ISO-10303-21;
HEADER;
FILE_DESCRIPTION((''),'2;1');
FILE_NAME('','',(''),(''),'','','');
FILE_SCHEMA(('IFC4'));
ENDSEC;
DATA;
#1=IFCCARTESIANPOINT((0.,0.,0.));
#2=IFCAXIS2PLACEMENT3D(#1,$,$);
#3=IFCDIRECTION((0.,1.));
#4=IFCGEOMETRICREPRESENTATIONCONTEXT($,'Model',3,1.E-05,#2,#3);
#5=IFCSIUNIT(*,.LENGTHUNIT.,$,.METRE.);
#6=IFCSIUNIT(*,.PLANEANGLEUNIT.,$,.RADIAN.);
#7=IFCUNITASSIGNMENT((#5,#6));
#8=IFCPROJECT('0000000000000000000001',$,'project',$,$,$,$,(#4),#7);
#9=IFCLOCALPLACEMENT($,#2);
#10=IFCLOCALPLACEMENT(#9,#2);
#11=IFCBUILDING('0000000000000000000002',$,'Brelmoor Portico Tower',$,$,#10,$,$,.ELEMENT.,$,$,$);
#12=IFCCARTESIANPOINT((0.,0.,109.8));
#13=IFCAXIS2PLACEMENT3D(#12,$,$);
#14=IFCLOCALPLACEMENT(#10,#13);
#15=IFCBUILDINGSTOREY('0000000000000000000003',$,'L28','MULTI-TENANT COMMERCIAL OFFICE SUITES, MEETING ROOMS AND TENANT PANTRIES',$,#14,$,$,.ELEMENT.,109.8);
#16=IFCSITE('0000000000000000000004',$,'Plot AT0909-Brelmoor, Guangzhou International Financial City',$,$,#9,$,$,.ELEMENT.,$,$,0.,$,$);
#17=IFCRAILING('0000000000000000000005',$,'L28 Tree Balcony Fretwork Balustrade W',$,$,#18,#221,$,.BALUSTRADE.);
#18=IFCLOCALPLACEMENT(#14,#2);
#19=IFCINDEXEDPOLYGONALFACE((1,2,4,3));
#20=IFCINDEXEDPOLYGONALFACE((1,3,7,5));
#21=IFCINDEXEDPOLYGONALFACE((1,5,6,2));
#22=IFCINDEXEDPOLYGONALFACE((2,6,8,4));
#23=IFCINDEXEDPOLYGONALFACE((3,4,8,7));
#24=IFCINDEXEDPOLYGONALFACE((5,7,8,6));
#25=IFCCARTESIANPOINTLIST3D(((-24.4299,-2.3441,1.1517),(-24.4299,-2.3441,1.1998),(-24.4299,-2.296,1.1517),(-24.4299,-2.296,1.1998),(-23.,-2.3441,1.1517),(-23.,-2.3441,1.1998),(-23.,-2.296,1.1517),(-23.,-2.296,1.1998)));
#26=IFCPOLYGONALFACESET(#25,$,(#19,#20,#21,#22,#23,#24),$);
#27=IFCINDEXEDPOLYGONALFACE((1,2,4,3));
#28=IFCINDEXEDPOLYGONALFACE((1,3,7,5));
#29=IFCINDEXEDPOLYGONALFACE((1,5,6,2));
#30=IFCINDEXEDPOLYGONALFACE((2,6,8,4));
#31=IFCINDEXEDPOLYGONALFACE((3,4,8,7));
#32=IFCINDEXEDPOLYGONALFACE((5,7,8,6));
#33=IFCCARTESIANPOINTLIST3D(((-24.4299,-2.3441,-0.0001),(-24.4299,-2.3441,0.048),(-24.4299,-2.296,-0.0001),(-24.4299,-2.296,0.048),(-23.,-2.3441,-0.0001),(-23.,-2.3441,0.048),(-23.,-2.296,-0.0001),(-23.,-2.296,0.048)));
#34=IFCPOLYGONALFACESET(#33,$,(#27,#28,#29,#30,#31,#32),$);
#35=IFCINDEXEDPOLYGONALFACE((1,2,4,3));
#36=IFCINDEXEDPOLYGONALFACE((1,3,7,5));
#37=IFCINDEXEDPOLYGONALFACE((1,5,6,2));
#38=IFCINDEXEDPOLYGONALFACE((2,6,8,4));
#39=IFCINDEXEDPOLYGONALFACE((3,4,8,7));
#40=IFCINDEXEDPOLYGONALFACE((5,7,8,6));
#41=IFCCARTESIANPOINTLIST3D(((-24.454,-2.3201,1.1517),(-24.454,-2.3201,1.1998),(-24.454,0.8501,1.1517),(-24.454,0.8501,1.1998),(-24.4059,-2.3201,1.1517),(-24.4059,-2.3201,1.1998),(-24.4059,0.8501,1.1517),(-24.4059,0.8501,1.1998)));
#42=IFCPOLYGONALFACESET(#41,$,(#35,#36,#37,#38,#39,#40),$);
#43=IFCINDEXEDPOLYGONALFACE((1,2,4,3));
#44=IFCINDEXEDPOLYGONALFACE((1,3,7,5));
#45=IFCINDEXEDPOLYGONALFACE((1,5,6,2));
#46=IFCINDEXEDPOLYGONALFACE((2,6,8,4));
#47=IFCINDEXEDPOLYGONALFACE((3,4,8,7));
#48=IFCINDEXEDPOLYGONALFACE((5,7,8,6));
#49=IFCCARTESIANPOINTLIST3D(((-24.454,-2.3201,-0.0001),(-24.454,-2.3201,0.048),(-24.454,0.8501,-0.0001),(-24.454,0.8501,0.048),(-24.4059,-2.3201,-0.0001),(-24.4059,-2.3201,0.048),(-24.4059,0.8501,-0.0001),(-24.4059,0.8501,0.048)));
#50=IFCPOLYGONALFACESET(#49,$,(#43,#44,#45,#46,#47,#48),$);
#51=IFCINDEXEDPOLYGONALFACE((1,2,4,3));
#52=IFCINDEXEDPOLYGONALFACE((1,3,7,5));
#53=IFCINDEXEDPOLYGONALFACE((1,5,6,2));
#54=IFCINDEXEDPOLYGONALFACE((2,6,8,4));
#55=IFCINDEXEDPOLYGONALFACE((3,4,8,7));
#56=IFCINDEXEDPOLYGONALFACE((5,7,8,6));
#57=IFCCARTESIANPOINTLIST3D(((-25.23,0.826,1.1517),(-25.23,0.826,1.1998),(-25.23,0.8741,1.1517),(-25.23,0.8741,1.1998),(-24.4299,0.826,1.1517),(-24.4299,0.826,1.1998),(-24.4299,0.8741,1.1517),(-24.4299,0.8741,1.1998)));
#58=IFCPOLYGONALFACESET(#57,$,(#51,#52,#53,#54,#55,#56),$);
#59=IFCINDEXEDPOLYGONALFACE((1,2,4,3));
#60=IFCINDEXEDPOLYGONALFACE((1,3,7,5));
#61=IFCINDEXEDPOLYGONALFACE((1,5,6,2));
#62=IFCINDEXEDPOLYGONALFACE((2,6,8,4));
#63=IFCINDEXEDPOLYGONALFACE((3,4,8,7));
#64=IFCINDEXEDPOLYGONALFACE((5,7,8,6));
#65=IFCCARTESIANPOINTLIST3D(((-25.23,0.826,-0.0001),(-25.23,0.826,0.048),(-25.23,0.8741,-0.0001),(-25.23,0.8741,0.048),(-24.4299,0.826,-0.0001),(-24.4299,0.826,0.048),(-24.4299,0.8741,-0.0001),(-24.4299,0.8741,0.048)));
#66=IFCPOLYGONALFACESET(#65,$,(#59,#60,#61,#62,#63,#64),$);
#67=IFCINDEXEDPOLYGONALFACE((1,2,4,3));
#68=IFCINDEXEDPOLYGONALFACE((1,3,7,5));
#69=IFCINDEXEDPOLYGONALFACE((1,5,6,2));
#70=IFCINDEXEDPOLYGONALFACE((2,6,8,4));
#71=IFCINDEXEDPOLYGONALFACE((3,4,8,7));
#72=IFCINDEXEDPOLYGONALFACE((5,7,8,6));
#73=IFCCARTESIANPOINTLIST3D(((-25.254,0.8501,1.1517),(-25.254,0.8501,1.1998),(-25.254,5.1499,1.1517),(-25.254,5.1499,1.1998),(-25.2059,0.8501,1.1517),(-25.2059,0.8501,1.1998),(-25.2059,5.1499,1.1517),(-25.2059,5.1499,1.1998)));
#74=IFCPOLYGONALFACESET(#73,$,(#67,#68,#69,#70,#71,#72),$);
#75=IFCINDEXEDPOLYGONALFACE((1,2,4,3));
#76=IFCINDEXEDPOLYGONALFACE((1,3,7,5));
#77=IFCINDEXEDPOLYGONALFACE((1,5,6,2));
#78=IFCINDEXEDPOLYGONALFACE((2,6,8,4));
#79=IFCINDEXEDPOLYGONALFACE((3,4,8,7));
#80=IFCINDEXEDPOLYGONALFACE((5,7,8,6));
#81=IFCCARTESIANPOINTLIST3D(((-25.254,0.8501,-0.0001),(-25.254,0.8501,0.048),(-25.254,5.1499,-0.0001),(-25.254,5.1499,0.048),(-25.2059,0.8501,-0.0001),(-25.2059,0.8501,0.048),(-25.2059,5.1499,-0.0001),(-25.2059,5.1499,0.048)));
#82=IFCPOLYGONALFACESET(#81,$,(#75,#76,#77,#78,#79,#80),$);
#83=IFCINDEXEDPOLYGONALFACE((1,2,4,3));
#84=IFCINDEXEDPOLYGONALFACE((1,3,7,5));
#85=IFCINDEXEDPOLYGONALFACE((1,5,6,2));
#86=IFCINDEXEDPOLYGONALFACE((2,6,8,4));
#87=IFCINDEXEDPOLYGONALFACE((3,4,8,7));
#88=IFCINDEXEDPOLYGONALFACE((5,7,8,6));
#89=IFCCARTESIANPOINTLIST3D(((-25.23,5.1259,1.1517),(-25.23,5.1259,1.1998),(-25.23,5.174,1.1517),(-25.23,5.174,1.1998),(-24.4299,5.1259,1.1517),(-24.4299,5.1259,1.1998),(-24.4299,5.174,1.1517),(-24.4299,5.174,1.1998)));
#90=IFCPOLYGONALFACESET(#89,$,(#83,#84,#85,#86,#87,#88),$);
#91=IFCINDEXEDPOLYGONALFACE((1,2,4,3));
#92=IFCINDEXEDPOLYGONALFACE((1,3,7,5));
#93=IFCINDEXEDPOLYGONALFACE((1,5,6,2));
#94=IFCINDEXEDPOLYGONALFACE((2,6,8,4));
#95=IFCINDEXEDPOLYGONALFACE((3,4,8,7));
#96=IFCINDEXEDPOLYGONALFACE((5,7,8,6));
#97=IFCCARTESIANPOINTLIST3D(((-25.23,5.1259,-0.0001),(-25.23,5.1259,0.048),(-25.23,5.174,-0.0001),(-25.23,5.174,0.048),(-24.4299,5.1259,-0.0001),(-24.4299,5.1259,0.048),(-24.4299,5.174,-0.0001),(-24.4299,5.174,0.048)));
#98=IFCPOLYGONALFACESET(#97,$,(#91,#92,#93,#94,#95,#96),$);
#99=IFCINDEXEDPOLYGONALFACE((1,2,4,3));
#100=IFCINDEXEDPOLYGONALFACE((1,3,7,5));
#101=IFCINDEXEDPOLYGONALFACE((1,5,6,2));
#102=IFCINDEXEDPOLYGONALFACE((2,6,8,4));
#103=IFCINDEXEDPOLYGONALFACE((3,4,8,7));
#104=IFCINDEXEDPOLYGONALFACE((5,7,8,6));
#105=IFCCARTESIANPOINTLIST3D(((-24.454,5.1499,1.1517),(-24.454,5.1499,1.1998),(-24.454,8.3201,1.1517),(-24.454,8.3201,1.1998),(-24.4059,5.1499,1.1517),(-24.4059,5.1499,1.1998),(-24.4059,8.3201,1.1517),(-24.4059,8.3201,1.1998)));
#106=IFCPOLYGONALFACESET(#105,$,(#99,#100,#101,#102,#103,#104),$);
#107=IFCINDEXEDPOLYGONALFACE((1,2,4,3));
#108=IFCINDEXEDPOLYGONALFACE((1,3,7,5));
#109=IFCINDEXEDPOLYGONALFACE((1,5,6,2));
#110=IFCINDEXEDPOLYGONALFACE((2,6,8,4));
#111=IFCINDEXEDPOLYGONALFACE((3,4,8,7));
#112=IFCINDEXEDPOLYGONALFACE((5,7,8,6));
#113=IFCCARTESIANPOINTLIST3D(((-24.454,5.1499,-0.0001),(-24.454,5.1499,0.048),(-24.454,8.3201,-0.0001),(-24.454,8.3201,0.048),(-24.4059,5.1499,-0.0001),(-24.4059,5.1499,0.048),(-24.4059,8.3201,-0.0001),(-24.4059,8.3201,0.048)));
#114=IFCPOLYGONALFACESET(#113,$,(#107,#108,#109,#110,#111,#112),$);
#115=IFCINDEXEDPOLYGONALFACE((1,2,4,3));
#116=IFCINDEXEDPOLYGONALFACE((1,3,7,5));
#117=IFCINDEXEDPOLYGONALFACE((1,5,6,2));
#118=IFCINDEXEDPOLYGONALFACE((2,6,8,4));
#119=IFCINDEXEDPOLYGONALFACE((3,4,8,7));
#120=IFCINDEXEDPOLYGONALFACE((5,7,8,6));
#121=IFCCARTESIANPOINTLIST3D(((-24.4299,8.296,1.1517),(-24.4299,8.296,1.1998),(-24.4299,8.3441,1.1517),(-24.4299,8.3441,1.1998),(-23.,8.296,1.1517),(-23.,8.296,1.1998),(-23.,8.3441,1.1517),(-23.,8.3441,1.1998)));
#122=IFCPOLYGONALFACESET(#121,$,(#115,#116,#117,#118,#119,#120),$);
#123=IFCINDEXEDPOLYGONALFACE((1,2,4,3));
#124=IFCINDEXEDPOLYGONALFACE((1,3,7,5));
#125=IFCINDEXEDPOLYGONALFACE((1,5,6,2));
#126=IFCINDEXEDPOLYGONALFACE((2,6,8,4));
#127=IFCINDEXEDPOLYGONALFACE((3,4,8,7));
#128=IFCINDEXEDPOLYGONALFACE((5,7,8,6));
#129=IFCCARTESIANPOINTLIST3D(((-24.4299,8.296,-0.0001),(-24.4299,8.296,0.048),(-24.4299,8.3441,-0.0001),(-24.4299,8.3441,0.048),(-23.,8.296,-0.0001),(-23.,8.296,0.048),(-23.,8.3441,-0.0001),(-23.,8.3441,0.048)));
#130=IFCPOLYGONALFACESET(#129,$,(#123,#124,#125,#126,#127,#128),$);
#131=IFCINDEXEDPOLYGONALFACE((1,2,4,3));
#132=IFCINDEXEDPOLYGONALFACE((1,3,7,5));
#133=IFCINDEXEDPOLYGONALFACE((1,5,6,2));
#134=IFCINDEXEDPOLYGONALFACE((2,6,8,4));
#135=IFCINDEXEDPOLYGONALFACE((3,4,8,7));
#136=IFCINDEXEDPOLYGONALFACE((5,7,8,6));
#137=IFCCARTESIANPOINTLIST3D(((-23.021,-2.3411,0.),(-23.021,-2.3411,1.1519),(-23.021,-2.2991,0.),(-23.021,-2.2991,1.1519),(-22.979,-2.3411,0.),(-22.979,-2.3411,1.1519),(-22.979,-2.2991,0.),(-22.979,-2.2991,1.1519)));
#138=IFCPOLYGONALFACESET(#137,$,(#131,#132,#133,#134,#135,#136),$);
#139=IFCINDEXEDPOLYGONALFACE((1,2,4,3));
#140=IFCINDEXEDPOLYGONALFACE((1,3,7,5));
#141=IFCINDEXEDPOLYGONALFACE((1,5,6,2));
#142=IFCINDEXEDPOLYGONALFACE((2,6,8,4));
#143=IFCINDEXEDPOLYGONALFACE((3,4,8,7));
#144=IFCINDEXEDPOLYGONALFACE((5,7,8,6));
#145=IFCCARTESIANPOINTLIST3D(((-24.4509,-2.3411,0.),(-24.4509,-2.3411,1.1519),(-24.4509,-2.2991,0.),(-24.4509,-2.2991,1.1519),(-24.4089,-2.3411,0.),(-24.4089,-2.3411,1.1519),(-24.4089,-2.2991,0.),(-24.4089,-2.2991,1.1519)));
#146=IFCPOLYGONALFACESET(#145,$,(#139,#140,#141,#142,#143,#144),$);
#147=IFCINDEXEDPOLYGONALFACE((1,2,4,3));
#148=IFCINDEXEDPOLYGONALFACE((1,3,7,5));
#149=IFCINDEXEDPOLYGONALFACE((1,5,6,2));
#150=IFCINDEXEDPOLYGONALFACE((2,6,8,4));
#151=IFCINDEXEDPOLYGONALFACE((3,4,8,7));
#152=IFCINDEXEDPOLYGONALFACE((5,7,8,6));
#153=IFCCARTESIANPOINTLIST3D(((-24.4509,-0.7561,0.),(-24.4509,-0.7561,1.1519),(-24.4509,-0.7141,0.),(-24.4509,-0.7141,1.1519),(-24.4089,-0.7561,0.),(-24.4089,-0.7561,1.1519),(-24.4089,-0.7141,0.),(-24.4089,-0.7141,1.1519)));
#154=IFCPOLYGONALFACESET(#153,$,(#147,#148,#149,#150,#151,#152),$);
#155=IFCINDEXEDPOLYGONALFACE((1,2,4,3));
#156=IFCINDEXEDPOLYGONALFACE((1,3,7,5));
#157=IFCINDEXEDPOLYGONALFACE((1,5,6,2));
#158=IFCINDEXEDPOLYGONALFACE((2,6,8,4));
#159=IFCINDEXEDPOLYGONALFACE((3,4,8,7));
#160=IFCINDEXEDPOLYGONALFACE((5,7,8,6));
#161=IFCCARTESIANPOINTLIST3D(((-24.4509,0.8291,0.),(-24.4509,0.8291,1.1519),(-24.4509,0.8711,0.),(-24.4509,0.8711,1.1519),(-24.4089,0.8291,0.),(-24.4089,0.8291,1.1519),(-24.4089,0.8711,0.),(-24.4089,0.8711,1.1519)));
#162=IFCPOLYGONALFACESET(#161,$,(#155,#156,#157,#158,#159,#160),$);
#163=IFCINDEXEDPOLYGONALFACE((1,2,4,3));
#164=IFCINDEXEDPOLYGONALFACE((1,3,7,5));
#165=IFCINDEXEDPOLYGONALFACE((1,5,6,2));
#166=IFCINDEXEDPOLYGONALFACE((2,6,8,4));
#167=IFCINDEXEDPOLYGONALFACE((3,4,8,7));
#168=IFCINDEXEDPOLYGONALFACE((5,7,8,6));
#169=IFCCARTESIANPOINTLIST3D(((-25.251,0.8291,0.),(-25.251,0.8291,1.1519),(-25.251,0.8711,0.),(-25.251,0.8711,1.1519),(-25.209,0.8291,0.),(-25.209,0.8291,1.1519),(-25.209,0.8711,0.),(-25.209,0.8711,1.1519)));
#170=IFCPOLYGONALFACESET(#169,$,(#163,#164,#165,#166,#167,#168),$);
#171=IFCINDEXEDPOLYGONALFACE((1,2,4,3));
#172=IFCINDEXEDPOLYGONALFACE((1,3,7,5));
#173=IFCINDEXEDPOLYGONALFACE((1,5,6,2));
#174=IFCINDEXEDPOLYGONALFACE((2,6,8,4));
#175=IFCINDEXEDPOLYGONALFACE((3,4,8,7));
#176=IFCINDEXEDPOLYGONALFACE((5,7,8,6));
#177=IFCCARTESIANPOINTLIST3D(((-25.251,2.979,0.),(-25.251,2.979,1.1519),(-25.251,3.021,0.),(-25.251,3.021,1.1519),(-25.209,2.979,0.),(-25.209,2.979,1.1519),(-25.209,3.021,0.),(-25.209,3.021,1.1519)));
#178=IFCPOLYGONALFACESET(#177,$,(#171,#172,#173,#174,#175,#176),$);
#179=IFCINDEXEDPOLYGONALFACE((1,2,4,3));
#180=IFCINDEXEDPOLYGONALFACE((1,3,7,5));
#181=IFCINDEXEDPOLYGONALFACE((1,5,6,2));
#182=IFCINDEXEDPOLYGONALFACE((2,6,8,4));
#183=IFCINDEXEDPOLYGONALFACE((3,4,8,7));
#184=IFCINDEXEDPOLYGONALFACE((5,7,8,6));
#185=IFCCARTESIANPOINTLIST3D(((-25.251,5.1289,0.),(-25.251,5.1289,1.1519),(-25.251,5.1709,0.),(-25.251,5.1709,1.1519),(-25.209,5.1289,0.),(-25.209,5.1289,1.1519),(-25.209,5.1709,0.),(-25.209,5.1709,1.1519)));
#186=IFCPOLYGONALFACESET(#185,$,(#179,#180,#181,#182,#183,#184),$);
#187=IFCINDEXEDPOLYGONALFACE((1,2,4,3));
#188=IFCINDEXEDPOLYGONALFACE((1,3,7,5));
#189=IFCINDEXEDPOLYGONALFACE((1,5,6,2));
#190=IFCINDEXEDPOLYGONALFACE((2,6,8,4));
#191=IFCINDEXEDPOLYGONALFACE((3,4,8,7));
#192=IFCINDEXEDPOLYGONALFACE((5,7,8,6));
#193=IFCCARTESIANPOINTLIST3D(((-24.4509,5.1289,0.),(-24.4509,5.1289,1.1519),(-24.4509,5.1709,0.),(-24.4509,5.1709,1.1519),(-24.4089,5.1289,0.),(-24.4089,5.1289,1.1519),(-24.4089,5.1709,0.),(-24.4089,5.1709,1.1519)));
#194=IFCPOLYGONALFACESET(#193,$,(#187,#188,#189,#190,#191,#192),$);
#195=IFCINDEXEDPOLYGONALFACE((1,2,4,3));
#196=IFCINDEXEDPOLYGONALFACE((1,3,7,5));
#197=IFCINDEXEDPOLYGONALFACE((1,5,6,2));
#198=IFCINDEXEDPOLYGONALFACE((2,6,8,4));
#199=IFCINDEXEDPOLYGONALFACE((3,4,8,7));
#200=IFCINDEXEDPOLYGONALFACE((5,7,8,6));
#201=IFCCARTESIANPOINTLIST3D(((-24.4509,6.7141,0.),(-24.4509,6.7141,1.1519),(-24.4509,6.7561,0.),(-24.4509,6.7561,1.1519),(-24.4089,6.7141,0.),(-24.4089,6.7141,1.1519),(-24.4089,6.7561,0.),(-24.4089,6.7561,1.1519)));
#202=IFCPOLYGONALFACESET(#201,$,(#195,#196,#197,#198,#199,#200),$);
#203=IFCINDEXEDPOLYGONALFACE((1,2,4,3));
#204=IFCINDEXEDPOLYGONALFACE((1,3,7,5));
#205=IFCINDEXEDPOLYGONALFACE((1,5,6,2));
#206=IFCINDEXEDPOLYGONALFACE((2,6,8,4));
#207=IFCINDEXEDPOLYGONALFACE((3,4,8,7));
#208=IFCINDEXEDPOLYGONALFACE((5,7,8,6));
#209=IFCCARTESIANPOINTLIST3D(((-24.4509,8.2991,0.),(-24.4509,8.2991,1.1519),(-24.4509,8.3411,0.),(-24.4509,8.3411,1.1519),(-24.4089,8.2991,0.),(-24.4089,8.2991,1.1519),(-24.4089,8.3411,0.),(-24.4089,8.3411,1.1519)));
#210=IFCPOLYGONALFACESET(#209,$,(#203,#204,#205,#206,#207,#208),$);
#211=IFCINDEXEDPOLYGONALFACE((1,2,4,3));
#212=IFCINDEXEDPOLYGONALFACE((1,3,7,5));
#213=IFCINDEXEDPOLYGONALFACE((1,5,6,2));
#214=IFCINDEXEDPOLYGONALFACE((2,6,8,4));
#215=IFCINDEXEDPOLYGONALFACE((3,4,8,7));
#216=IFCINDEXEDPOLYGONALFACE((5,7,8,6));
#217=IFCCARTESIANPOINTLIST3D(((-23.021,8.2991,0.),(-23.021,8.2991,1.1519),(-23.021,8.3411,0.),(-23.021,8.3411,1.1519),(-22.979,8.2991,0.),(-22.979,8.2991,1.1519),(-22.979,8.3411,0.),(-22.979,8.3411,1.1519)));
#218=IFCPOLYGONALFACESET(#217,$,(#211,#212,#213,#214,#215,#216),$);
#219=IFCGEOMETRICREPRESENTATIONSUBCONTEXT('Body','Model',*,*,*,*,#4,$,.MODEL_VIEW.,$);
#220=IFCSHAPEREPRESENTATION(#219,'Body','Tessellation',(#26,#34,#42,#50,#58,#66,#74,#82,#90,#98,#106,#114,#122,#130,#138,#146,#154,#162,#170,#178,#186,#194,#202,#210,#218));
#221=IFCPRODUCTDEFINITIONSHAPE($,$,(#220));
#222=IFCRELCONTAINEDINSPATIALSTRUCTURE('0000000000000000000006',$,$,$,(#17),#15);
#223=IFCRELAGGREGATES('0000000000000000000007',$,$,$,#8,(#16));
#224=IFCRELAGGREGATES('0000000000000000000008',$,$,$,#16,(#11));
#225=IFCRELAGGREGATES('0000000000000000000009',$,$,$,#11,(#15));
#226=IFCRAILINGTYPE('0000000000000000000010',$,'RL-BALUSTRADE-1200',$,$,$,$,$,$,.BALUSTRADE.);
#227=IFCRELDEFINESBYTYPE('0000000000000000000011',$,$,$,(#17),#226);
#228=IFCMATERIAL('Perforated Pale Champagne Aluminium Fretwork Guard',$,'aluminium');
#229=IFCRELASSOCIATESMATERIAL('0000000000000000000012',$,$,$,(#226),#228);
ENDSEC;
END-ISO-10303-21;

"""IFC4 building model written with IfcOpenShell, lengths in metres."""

from ifc_helpers import new_model, si_unit, direction, frame, origin, origin_2d, place, context, subcontext, project, spatial, rectangle, extrude, material, type_object, element, save


model = new_model("IFC4")

# Units and contexts
model_context = context("Model", 3, precision=1e-05, world=origin(), true_north=direction((0.0, 1.0)))
body_context = subcontext(model_context, "Body", "Model", "MODEL_VIEW")
ifc_project = project(units=[si_unit("LENGTHUNIT", "METRE"), si_unit("PLANEANGLEUNIT", "RADIAN")], contexts=[model_context])

# Site, building, storey
site_placement = place(None, origin())
site = spatial("IfcSite", under=ifc_project, at=site_placement, Name="Plot AT0909-Brelmoor, Guangzhou International Financial City", CompositionType="ELEMENT", RefElevation=0.0)
building_placement = place(site_placement, origin())
building = spatial("IfcBuilding", under=site, at=building_placement, Name="Brelmoor Portico Tower", CompositionType="ELEMENT")
storey_placement = place(building_placement, frame((0.0, 0.0, 109.8)))
storey = spatial("IfcBuildingStorey", under=building, at=storey_placement, Name="L28", Description="MULTI-TENANT COMMERCIAL OFFICE SUITES, MEETING ROOMS AND TENANT PANTRIES", CompositionType="ELEMENT", Elevation=109.8)

# Railing
ifc_material_1 = material(Name="Perforated Pale Champagne Aluminium Fretwork Guard", Category="aluminium")
railing_type = type_object("IfcRailingType", Name="RL-BALUSTRADE-1200", PredefinedType="BALUSTRADE", material=ifc_material_1)
railing_placement = place(storey_placement, frame((-23.0, -2.3201, 0.0)))
element("IfcRailing", 1, at=railing_placement, inside=storey, type_object=railing_type, Name="L28 Tree Balcony Fretwork Balustrade W", PredefinedType="BALUSTRADE", context=body_context, shape_type="SweptSolid", body=[
    extrude(rectangle(XDim=0.0481, YDim=0.0481, at=origin_2d()), frame((0.0, 0.0, 1.1758), z_axis=(-1.0, 0.0, 0.0), x_axis=(0.0, -1.0, 0.0)), (0.0, 0.0, 1.0), 1.4299),
    extrude(rectangle(XDim=0.0481, YDim=0.0481, at=origin_2d()), frame((0.0, 0.0, 0.0239), z_axis=(-1.0, 0.0, 0.0), x_axis=(0.0, -1.0, 0.0)), (0.0, 0.0, 1.0), 1.4299),
    extrude(rectangle(XDim=0.0481, YDim=0.0481, at=origin_2d()), frame((-1.4299, 0.0, 1.1758), z_axis=(0.0, 1.0, 0.0), x_axis=(-1.0, 0.0, 0.0)), (0.0, 0.0, 1.0), 3.1702),
    extrude(rectangle(XDim=0.0481, YDim=0.0481, at=origin_2d()), frame((-1.4299, 0.0, 0.0239), z_axis=(0.0, 1.0, 0.0), x_axis=(-1.0, 0.0, 0.0)), (0.0, 0.0, 1.0), 3.1702),
    extrude(rectangle(XDim=0.0481, YDim=0.0481, at=origin_2d()), frame((-1.4299, 3.1702, 1.1758), z_axis=(-1.0, 0.0, 0.0), x_axis=(0.0, -1.0, 0.0)), (0.0, 0.0, 1.0), 0.8),
    extrude(rectangle(XDim=0.0481, YDim=0.0481, at=origin_2d()), frame((-1.4299, 3.1702, 0.0239), z_axis=(-1.0, 0.0, 0.0), x_axis=(0.0, -1.0, 0.0)), (0.0, 0.0, 1.0), 0.8),
    extrude(rectangle(XDim=0.0481, YDim=0.0481, at=origin_2d()), frame((-2.23, 3.1702, 1.1758), z_axis=(0.0, 1.0, 0.0), x_axis=(-1.0, 0.0, 0.0)), (0.0, 0.0, 1.0), 4.2998),
    extrude(rectangle(XDim=0.0481, YDim=0.0481, at=origin_2d()), frame((-2.23, 3.1702, 0.0239), z_axis=(0.0, 1.0, 0.0), x_axis=(-1.0, 0.0, 0.0)), (0.0, 0.0, 1.0), 4.2998),
    extrude(rectangle(XDim=0.0481, YDim=0.0481, at=origin_2d()), frame((-2.23, 7.47, 1.1758), z_axis=(1.0, 0.0, 0.0), x_axis=(0.0, 1.0, 0.0)), (0.0, 0.0, 1.0), 0.8),
    extrude(rectangle(XDim=0.0481, YDim=0.0481, at=origin_2d()), frame((-2.23, 7.47, 0.0239), z_axis=(1.0, 0.0, 0.0), x_axis=(0.0, 1.0, 0.0)), (0.0, 0.0, 1.0), 0.8),
    extrude(rectangle(XDim=0.0481, YDim=0.0481, at=origin_2d()), frame((-1.4299, 7.47, 1.1758), z_axis=(0.0, 1.0, 0.0), x_axis=(-1.0, 0.0, 0.0)), (0.0, 0.0, 1.0), 3.1702),
    extrude(rectangle(XDim=0.0481, YDim=0.0481, at=origin_2d()), frame((-1.4299, 7.47, 0.0239), z_axis=(0.0, 1.0, 0.0), x_axis=(-1.0, 0.0, 0.0)), (0.0, 0.0, 1.0), 3.1702),
    extrude(rectangle(XDim=0.0481, YDim=0.0481, at=origin_2d()), frame((-1.4299, 10.6401, 1.1758), z_axis=(1.0, 0.0, 0.0), x_axis=(0.0, 1.0, 0.0)), (0.0, 0.0, 1.0), 1.4299),
    extrude(rectangle(XDim=0.0481, YDim=0.0481, at=origin_2d()), frame((-1.4299, 10.6401, 0.0239), z_axis=(1.0, 0.0, 0.0), x_axis=(0.0, 1.0, 0.0)), (0.0, 0.0, 1.0), 1.4299),
    extrude(rectangle(XDim=0.042, YDim=0.042, at=origin_2d()), origin(), (0.0, 0.0, 1.0), 1.1519),
    extrude(rectangle(XDim=0.042, YDim=0.042, at=origin_2d()), frame((-1.4299, 0.0, 0.0)), (0.0, 0.0, 1.0), 1.1519),
    extrude(rectangle(XDim=0.042, YDim=0.042, at=origin_2d()), frame((-1.4299, 1.585, 0.0)), (0.0, 0.0, 1.0), 1.1519),
    extrude(rectangle(XDim=0.042, YDim=0.042, at=origin_2d()), frame((-1.4299, 3.1702, 0.0)), (0.0, 0.0, 1.0), 1.1519),
    extrude(rectangle(XDim=0.042, YDim=0.042, at=origin_2d()), frame((-2.23, 3.1702, 0.0)), (0.0, 0.0, 1.0), 1.1519),
    extrude(rectangle(XDim=0.042, YDim=0.042, at=origin_2d()), frame((-2.23, 5.3201, 0.0)), (0.0, 0.0, 1.0), 1.1519),
    extrude(rectangle(XDim=0.042, YDim=0.042, at=origin_2d()), frame((-2.23, 7.47, 0.0)), (0.0, 0.0, 1.0), 1.1519),
    extrude(rectangle(XDim=0.042, YDim=0.042, at=origin_2d()), frame((-1.4299, 7.47, 0.0)), (0.0, 0.0, 1.0), 1.1519),
    extrude(rectangle(XDim=0.042, YDim=0.042, at=origin_2d()), frame((-1.4299, 9.0552, 0.0)), (0.0, 0.0, 1.0), 1.1519),
    extrude(rectangle(XDim=0.042, YDim=0.042, at=origin_2d()), frame((-1.4299, 10.6401, 0.0)), (0.0, 0.0, 1.0), 1.1519),
    extrude(rectangle(XDim=0.042, YDim=0.042, at=origin_2d()), frame((0.0, 10.6401, 0.0)), (0.0, 0.0, 1.0), 1.1519),
])

save(model, "model.ifc")
